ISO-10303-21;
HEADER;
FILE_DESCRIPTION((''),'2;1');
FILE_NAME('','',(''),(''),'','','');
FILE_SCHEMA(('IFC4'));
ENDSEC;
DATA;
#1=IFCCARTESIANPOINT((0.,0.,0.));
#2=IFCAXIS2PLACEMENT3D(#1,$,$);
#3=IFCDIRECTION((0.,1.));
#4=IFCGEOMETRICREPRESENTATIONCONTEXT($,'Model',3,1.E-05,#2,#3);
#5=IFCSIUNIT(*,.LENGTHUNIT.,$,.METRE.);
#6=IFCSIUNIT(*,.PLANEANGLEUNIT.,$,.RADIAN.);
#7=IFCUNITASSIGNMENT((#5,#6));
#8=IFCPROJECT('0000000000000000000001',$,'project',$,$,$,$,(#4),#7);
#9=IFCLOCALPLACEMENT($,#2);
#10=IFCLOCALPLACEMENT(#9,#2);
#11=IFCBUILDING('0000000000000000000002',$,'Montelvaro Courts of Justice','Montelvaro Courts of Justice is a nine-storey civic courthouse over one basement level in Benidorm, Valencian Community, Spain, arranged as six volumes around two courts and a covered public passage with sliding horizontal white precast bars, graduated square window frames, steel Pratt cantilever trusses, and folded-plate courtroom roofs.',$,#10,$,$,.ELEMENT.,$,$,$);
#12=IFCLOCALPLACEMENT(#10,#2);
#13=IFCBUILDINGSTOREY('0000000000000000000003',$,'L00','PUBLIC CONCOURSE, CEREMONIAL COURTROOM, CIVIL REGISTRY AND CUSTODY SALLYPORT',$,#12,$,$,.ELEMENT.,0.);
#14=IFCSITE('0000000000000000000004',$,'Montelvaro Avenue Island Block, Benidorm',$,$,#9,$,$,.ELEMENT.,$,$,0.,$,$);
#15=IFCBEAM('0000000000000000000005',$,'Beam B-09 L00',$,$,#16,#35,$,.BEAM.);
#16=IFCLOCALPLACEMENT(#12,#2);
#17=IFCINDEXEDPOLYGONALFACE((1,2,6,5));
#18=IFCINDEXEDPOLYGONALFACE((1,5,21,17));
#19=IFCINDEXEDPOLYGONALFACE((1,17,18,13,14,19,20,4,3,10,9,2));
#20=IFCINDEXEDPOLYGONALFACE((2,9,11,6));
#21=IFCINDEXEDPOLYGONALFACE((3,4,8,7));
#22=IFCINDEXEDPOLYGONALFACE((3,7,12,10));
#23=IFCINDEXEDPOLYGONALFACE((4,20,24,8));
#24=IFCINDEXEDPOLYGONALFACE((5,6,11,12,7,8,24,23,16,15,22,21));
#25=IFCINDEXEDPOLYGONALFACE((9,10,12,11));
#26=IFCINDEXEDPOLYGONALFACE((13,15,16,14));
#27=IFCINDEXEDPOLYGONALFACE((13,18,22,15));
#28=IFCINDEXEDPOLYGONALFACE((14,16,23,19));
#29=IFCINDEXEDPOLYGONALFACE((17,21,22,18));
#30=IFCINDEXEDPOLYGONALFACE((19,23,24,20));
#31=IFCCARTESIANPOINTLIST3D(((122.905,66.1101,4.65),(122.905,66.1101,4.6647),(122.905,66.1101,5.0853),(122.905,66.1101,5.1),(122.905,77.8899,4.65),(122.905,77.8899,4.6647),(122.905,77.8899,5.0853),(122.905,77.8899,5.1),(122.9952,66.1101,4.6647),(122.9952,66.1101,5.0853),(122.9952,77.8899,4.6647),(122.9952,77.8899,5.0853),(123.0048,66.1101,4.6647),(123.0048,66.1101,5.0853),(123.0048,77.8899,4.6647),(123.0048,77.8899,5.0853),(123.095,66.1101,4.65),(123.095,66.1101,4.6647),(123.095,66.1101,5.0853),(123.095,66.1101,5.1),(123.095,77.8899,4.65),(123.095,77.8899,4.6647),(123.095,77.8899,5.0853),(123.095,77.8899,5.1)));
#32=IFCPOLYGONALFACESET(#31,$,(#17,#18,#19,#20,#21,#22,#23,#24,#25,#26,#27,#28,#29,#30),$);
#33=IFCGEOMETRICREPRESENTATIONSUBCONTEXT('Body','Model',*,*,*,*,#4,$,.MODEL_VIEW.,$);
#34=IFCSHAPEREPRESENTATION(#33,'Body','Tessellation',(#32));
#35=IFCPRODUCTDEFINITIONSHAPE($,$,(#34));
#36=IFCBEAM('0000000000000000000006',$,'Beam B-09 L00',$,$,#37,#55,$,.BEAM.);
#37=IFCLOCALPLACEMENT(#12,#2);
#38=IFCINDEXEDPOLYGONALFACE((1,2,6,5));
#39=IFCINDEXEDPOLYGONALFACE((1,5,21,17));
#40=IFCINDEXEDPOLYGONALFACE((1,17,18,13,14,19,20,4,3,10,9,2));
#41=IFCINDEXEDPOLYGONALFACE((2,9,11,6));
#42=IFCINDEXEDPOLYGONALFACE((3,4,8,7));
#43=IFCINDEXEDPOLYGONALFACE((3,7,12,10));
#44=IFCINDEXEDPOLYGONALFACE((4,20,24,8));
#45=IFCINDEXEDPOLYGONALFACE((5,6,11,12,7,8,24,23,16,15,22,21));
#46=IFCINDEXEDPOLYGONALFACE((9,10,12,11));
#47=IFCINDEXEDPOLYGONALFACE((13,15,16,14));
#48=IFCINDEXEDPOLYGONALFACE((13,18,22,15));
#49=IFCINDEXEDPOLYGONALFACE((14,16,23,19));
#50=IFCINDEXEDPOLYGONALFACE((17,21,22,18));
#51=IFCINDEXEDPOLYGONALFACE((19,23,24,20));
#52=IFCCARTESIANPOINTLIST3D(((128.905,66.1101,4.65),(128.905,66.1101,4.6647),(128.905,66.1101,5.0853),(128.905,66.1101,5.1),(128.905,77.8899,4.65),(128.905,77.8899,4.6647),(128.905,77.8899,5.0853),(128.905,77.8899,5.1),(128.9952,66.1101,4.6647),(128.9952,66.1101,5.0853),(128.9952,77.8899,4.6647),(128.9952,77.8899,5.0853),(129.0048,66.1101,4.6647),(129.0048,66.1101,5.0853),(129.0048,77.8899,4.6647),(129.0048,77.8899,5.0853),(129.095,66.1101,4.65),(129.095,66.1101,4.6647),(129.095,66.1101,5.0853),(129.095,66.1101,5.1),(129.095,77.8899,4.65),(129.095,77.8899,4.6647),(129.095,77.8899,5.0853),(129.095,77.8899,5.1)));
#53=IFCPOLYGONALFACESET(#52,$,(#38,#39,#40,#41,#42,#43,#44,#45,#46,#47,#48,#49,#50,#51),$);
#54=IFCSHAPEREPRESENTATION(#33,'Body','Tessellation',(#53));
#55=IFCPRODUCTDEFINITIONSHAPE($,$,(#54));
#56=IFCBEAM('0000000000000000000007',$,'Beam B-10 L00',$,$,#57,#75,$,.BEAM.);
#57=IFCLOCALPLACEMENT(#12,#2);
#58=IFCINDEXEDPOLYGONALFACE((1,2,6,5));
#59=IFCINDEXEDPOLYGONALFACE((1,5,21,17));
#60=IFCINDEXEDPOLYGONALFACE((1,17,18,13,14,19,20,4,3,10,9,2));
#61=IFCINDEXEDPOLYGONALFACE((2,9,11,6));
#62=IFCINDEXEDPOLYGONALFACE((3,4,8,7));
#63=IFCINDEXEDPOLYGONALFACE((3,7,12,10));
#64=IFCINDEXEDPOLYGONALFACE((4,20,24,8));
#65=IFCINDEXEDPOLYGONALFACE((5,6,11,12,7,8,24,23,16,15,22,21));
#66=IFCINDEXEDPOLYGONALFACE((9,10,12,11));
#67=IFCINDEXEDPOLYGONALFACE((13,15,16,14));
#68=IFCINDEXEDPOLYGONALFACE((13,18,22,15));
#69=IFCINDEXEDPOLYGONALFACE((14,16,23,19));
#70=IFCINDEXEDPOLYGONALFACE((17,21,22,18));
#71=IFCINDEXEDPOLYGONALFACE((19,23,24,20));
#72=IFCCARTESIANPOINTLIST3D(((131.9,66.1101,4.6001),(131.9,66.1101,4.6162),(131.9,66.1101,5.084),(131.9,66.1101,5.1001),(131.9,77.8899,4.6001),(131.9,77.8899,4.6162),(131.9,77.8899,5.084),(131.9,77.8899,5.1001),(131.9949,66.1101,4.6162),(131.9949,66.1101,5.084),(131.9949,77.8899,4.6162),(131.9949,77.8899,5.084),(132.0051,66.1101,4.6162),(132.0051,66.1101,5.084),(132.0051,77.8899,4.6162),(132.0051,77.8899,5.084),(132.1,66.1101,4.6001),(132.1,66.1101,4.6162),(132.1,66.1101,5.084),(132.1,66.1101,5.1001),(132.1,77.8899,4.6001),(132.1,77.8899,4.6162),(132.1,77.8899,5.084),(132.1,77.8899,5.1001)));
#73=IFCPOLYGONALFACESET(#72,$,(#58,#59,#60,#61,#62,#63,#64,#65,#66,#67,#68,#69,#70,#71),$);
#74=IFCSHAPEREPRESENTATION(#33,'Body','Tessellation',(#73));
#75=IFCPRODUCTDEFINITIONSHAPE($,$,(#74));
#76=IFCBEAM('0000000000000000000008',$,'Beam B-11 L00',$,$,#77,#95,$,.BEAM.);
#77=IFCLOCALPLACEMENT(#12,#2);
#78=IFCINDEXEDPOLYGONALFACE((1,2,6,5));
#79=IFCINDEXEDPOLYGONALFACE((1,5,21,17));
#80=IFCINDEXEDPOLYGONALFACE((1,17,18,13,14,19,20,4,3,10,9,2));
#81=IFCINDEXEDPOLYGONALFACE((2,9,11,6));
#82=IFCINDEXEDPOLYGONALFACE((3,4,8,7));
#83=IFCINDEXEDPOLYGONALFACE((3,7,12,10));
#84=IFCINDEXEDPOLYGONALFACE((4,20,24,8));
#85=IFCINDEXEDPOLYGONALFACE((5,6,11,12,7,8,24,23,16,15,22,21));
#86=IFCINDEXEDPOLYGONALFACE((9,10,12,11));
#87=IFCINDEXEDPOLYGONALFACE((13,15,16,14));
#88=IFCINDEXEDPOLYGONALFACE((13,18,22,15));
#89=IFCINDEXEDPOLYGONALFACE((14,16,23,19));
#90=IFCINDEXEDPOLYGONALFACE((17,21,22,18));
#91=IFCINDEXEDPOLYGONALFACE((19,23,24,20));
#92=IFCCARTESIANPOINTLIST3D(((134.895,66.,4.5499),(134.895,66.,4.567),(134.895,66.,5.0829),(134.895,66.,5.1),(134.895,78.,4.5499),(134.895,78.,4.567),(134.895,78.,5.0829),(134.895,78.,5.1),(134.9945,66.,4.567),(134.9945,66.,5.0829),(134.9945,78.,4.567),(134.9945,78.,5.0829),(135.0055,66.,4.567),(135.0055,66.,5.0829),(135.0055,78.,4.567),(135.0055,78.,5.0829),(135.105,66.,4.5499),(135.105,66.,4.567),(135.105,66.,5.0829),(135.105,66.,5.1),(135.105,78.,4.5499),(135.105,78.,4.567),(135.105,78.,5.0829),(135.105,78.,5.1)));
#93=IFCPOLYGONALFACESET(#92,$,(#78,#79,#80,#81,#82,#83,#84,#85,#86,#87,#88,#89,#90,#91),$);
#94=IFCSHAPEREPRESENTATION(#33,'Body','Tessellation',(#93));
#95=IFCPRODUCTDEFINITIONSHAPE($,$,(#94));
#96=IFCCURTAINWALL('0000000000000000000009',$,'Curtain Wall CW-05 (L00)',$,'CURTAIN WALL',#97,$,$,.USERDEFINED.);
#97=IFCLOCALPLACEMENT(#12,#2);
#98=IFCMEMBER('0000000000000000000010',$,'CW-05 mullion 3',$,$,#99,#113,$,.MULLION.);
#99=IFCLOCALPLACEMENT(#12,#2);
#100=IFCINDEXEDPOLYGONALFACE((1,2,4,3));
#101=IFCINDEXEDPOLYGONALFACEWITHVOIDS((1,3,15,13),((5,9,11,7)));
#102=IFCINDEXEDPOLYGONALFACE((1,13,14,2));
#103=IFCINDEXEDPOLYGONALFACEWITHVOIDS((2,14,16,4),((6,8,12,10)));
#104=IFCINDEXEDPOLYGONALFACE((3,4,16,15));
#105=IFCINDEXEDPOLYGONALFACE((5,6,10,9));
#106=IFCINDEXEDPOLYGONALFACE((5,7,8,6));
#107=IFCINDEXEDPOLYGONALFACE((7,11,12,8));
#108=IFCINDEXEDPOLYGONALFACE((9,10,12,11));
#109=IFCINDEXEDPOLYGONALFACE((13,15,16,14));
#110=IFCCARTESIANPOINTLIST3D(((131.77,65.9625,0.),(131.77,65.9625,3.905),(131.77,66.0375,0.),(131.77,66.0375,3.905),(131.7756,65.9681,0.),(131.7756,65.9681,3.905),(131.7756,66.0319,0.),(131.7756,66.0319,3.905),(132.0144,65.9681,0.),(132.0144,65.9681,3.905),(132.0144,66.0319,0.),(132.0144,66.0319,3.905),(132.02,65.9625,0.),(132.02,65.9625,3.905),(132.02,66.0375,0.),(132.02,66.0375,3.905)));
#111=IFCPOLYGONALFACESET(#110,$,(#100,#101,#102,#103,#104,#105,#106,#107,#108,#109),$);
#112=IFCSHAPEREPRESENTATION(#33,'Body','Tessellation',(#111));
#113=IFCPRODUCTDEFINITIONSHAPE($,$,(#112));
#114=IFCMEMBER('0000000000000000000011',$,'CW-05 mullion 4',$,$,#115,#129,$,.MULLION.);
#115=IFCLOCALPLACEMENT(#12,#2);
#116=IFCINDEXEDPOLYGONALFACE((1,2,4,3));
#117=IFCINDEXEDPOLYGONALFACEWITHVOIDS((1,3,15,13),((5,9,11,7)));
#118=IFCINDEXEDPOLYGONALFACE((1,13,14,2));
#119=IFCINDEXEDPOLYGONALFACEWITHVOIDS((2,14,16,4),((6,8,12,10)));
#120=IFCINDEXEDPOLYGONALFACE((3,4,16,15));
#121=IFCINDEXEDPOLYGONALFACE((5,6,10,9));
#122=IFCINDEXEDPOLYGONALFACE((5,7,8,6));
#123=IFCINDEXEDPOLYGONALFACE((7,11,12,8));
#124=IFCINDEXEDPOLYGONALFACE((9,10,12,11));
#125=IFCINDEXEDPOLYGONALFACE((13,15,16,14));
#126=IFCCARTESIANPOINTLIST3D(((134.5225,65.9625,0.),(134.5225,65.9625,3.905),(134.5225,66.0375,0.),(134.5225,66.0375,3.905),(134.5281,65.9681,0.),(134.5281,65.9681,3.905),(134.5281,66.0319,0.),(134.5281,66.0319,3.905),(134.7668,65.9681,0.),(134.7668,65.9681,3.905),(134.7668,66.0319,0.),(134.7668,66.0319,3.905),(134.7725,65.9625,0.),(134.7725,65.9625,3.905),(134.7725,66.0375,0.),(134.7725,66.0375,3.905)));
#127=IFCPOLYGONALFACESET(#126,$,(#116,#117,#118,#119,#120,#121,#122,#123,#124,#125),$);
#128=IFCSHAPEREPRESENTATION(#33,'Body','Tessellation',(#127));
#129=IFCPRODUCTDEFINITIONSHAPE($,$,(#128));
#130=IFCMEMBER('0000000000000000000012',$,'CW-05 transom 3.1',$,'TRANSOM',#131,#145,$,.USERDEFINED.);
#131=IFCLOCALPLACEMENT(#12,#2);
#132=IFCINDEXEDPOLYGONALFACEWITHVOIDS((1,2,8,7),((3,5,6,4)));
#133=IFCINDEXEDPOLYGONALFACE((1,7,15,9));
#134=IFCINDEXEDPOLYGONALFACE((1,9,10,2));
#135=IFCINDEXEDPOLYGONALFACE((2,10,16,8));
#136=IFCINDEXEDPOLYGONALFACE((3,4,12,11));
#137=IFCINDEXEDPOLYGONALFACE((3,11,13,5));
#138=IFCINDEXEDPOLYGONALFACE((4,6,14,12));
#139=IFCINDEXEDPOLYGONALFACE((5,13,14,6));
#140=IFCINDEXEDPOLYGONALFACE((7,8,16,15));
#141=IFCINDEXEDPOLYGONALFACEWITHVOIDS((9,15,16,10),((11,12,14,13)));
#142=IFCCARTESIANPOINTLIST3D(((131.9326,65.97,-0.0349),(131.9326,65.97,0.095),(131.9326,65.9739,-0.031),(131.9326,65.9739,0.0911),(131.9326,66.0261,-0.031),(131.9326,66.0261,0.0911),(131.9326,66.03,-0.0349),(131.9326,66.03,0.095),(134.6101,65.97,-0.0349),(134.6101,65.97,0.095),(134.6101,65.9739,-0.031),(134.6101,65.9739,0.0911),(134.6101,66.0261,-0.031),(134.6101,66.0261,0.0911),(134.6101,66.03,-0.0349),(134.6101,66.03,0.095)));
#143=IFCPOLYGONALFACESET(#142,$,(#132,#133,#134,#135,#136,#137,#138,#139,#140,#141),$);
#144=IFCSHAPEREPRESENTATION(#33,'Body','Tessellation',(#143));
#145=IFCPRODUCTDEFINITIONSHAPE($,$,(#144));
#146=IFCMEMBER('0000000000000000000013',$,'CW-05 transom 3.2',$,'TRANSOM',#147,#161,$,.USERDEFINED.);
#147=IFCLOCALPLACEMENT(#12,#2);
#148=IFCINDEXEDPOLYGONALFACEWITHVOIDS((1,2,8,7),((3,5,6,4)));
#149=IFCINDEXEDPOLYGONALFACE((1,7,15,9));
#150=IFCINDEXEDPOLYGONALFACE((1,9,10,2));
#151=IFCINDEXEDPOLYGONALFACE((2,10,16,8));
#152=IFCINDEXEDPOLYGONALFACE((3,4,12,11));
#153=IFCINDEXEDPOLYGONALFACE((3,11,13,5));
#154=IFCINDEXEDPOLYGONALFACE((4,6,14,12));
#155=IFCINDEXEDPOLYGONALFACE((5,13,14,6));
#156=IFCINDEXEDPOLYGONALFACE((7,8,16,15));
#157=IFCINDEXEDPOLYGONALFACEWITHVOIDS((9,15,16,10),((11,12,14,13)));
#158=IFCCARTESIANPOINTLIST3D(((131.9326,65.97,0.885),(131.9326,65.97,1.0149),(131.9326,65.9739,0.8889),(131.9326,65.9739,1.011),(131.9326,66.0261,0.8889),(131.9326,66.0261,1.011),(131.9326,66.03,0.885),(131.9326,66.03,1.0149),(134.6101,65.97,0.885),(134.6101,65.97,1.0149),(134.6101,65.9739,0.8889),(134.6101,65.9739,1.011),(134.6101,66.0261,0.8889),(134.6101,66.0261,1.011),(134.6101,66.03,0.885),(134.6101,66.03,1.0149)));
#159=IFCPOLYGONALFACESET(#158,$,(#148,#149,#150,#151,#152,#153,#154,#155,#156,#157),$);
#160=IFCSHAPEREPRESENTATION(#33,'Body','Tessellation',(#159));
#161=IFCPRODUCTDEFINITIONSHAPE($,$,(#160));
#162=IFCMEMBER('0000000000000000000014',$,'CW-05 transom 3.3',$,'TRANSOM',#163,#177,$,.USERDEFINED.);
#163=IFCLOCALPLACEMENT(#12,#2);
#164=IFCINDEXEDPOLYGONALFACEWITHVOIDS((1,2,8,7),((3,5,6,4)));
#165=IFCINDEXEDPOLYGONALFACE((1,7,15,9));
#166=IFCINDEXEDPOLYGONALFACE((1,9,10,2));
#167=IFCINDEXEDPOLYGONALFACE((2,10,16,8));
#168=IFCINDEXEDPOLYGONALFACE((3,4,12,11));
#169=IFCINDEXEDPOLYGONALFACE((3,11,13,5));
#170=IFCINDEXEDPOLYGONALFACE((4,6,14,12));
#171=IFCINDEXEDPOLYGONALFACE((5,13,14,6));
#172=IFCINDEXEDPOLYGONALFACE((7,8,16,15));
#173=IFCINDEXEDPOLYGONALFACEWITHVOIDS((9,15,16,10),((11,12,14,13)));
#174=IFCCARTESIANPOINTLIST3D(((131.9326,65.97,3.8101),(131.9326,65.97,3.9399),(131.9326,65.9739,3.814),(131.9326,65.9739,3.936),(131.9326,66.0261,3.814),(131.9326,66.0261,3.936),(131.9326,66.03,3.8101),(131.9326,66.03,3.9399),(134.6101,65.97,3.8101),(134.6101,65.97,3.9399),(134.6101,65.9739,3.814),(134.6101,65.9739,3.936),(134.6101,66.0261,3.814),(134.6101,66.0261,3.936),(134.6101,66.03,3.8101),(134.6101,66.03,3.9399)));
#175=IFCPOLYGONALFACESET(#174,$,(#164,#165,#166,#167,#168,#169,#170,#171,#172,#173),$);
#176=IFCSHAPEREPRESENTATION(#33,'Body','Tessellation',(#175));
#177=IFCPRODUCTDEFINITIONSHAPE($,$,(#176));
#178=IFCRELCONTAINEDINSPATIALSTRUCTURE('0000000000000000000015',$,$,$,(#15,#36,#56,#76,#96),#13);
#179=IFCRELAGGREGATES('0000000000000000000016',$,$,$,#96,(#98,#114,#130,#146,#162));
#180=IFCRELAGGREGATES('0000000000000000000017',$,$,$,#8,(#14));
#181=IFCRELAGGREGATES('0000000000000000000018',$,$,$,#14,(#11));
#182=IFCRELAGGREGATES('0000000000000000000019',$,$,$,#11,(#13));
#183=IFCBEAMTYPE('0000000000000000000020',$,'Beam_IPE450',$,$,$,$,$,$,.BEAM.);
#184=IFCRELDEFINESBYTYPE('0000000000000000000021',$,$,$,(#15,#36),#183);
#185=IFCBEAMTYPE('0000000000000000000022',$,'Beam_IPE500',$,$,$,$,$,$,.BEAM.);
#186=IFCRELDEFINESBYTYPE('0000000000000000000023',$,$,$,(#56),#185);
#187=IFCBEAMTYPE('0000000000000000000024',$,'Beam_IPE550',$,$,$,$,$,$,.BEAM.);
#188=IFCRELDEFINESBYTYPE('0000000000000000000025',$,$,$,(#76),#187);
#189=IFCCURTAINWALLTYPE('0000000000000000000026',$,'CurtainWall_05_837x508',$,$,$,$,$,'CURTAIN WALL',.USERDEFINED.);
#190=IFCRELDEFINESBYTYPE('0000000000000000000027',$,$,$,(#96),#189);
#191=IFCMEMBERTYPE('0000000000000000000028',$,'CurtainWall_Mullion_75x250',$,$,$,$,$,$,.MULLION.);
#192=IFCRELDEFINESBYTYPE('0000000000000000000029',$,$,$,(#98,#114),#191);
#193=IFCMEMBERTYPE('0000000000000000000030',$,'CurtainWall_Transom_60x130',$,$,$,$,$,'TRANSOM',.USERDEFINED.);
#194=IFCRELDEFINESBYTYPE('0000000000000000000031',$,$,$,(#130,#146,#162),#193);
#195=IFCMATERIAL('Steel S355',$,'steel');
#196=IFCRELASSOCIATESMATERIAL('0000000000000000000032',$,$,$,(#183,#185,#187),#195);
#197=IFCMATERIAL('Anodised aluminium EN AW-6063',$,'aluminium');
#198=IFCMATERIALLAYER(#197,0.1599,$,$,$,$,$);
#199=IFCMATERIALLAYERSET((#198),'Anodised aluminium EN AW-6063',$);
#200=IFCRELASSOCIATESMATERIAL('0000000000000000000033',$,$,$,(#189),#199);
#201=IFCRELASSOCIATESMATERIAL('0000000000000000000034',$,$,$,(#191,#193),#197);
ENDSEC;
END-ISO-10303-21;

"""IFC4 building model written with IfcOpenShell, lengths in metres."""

from ifc_helpers import new_model, si_unit, direction, frame, origin, origin_2d, place, context, subcontext, project, spatial, hollow_rectangle, i_section, extrude, material, layer, layer_set, material_profile, profile_set, type_object, element, aggregate, save


model = new_model("IFC4")

# Units and contexts
model_context = context("Model", 3, precision=1e-05, world=origin(), true_north=direction((0.0, 1.0)))
body_context = subcontext(model_context, "Body", "Model", "MODEL_VIEW")
ifc_project = project(units=[si_unit("LENGTHUNIT", "METRE"), si_unit("PLANEANGLEUNIT", "RADIAN")], contexts=[model_context])

# Site, building, storey
site_placement = place(None, origin())
site = spatial("IfcSite", under=ifc_project, at=site_placement, Name="Montelvaro Avenue Island Block, Benidorm", CompositionType="ELEMENT", RefElevation=0.0)
building_placement = place(site_placement, origin())
building = spatial("IfcBuilding", under=site, at=building_placement, Name="Montelvaro Courts of Justice", Description="Montelvaro Courts of Justice is a nine-storey civic courthouse over one basement level in Benidorm, Valencian Community, Spain, arranged as six volumes around two courts and a covered public passage with sliding horizontal white precast bars, graduated square window frames, steel Pratt cantilever trusses, and folded-plate courtroom roofs.", CompositionType="ELEMENT")
storey_placement = place(building_placement, origin())
storey = spatial("IfcBuildingStorey", under=building, at=storey_placement, Name="L00", Description="PUBLIC CONCOURSE, CEREMONIAL COURTROOM, CIVIL REGISTRY AND CUSTODY SALLYPORT", CompositionType="ELEMENT", Elevation=0.0)

# Shared definitions
ifc_material_1 = material(Name="Steel S355", Category="steel")

# Beams
ifc_material_profile_1 = material_profile(ifc_material_1, i_section(OverallWidth=0.1899, OverallDepth=0.45, WebThickness=0.0095, FlangeThickness=0.0146, at=origin_2d()), Name="IPE 450")
ifc_profile_set_1 = profile_set([ifc_material_profile_1], Name="Steel S355")
beam_type_1 = type_object("IfcBeamType", Name="Beam_IPE450", PredefinedType="BEAM", material=ifc_profile_set_1)
for number, where, z_axis, x_axis, name in (
    (1, (123.0, 66.1101, 4.875), (0.0, 1.0, 0.0), (-1.0, 0.0, 0.0), "Beam B-09 L00"),
    (2, (129.0, 66.1101, 4.875), (0.0, 1.0, 0.0), (-1.0, 0.0, 0.0), "Beam B-09 L00"),
):
    element("IfcBeam", number, at=place(storey_placement, frame(where, z_axis=z_axis, x_axis=x_axis)), inside=storey, type_object=beam_type_1, Name=name, PredefinedType="BEAM", context=body_context, shape_type="SweptSolid", body=[
        extrude(i_section(OverallWidth=0.1899, OverallDepth=0.45, WebThickness=0.0095, FlangeThickness=0.0146, at=origin_2d()), origin(), (0.0, 0.0, 1.0), 11.7798),
    ])
ifc_material_profile_2 = material_profile(ifc_material_1, i_section(OverallWidth=0.2, OverallDepth=0.5, WebThickness=0.0103, FlangeThickness=0.0161, at=origin_2d()), Name="IPE 500")
ifc_profile_set_2 = profile_set([ifc_material_profile_2], Name="Steel S355")
beam_type_2 = type_object("IfcBeamType", Name="Beam_IPE500", PredefinedType="BEAM", material=ifc_profile_set_2)
beam_1_placement = place(storey_placement, frame((132.0, 66.1101, 4.8501), z_axis=(0.0, 1.0, 0.0), x_axis=(-1.0, 0.0, 0.0)))
element("IfcBeam", 3, at=beam_1_placement, inside=storey, type_object=beam_type_2, Name="Beam B-10 L00", PredefinedType="BEAM", context=body_context, shape_type="SweptSolid", body=[
    extrude(i_section(OverallWidth=0.2, OverallDepth=0.5, WebThickness=0.0103, FlangeThickness=0.0161, at=origin_2d()), origin(), (0.0, 0.0, 1.0), 11.7798),
])
ifc_material_profile_3 = material_profile(ifc_material_1, i_section(OverallWidth=0.21, OverallDepth=0.55, WebThickness=0.011, FlangeThickness=0.0171, at=origin_2d()), Name="IPE 550")
ifc_profile_set_3 = profile_set([ifc_material_profile_3], Name="Steel S355")
beam_type_3 = type_object("IfcBeamType", Name="Beam_IPE550", PredefinedType="BEAM", material=ifc_profile_set_3)
beam_2_placement = place(storey_placement, frame((135.0, 66.0, 4.825), z_axis=(0.0, 1.0, 0.0), x_axis=(-1.0, 0.0, 0.0)))
element("IfcBeam", 4, at=beam_2_placement, inside=storey, type_object=beam_type_3, Name="Beam B-11 L00", PredefinedType="BEAM", context=body_context, shape_type="SweptSolid", body=[
    extrude(i_section(OverallWidth=0.21, OverallDepth=0.55, WebThickness=0.011, FlangeThickness=0.0171, at=origin_2d()), origin(), (0.0, 0.0, 1.0), 12.0),
])

# Curtain wall, members
ifc_material_2 = material(Name="Anodised aluminium EN AW-6063", Category="aluminium")
ifc_layer_1 = layer(ifc_material_2, 0.1599)
ifc_layer_set_1 = layer_set([ifc_layer_1], Name="Anodised aluminium EN AW-6063")
curtain_wall_type = type_object("IfcCurtainWallType", Name="CurtainWall_05_837x508", ElementType="CURTAIN WALL", PredefinedType="USERDEFINED", material=ifc_layer_set_1)
curtain_wall_placement = place(storey_placement, origin())
curtain_wall = element("IfcCurtainWall", 5, at=curtain_wall_placement, inside=storey, type_object=curtain_wall_type, Name="Curtain Wall CW-05 (L00)", ObjectType="CURTAIN WALL", PredefinedType="USERDEFINED")
ifc_material_profile_4 = material_profile(ifc_material_2, hollow_rectangle(XDim=0.075, YDim=0.25, WallThickness=0.0056, at=origin_2d()), Name="ALU-M 75x250")
ifc_profile_set_4 = profile_set([ifc_material_profile_4], Name="Anodised aluminium EN AW-6063")
member_type_1 = type_object("IfcMemberType", Name="CurtainWall_Mullion_75x250", PredefinedType="MULLION", material=ifc_profile_set_4)
member_1_placement = place(storey_placement, frame((131.895, 66.0, 0.0), z_axis=(0.0, 0.0, 1.0), x_axis=(0.0, 1.0, 0.0)))
member_1 = element("IfcMember", 6, at=member_1_placement, type_object=member_type_1, Name="CW-05 mullion 3", PredefinedType="MULLION", context=body_context, shape_type="SweptSolid", body=[
    extrude(hollow_rectangle(XDim=0.075, YDim=0.25, WallThickness=0.0056, at=origin_2d()), origin(), (0.0, 0.0, 1.0), 3.905),
])
member_2_placement = place(storey_placement, frame((134.6475, 66.0, 0.0), z_axis=(0.0, 0.0, 1.0), x_axis=(0.0, 1.0, 0.0)))
member_2 = element("IfcMember", 7, at=member_2_placement, type_object=member_type_1, Name="CW-05 mullion 4", PredefinedType="MULLION", context=body_context, shape_type="SweptSolid", body=[
    extrude(hollow_rectangle(XDim=0.075, YDim=0.25, WallThickness=0.0056, at=origin_2d()), origin(), (0.0, 0.0, 1.0), 3.905),
])
ifc_material_profile_5 = material_profile(ifc_material_2, hollow_rectangle(XDim=0.0601, YDim=0.1299, WallThickness=0.0039, at=origin_2d()), Name="ALU-T 60x130")
ifc_profile_set_5 = profile_set([ifc_material_profile_5], Name="Anodised aluminium EN AW-6063")
member_type_2 = type_object("IfcMemberType", Name="CurtainWall_Transom_60x130", ElementType="TRANSOM", PredefinedType="USERDEFINED", material=ifc_profile_set_5)
member_3_placement = place(storey_placement, frame((131.9326, 66.0, 0.03), z_axis=(1.0, 0.0, 0.0), x_axis=(0.0, 1.0, 0.0)))
member_3 = element("IfcMember", 8, at=member_3_placement, type_object=member_type_2, Name="CW-05 transom 3.1", ObjectType="TRANSOM", PredefinedType="USERDEFINED", context=body_context, shape_type="SweptSolid", body=[
    extrude(hollow_rectangle(XDim=0.0601, YDim=0.1299, WallThickness=0.0039, at=origin_2d()), origin(), (0.0, 0.0, 1.0), 2.6775),
])
member_4_placement = place(storey_placement, frame((131.9326, 66.0, 0.95), z_axis=(1.0, 0.0, 0.0), x_axis=(0.0, 1.0, 0.0)))
member_4 = element("IfcMember", 9, at=member_4_placement, type_object=member_type_2, Name="CW-05 transom 3.2", ObjectType="TRANSOM", PredefinedType="USERDEFINED", context=body_context, shape_type="SweptSolid", body=[
    extrude(hollow_rectangle(XDim=0.0601, YDim=0.1299, WallThickness=0.0039, at=origin_2d()), origin(), (0.0, 0.0, 1.0), 2.6775),
])
member_5_placement = place(storey_placement, frame((131.9326, 66.0, 3.875), z_axis=(1.0, 0.0, 0.0), x_axis=(0.0, 1.0, 0.0)))
member_5 = element("IfcMember", 10, at=member_5_placement, type_object=member_type_2, Name="CW-05 transom 3.3", ObjectType="TRANSOM", PredefinedType="USERDEFINED", context=body_context, shape_type="SweptSolid", body=[
    extrude(hollow_rectangle(XDim=0.0601, YDim=0.1299, WallThickness=0.0039, at=origin_2d()), origin(), (0.0, 0.0, 1.0), 2.6775),
])

aggregate(curtain_wall, [member_1, member_2, member_3, member_4, member_5])

save(model, "model.ifc")
